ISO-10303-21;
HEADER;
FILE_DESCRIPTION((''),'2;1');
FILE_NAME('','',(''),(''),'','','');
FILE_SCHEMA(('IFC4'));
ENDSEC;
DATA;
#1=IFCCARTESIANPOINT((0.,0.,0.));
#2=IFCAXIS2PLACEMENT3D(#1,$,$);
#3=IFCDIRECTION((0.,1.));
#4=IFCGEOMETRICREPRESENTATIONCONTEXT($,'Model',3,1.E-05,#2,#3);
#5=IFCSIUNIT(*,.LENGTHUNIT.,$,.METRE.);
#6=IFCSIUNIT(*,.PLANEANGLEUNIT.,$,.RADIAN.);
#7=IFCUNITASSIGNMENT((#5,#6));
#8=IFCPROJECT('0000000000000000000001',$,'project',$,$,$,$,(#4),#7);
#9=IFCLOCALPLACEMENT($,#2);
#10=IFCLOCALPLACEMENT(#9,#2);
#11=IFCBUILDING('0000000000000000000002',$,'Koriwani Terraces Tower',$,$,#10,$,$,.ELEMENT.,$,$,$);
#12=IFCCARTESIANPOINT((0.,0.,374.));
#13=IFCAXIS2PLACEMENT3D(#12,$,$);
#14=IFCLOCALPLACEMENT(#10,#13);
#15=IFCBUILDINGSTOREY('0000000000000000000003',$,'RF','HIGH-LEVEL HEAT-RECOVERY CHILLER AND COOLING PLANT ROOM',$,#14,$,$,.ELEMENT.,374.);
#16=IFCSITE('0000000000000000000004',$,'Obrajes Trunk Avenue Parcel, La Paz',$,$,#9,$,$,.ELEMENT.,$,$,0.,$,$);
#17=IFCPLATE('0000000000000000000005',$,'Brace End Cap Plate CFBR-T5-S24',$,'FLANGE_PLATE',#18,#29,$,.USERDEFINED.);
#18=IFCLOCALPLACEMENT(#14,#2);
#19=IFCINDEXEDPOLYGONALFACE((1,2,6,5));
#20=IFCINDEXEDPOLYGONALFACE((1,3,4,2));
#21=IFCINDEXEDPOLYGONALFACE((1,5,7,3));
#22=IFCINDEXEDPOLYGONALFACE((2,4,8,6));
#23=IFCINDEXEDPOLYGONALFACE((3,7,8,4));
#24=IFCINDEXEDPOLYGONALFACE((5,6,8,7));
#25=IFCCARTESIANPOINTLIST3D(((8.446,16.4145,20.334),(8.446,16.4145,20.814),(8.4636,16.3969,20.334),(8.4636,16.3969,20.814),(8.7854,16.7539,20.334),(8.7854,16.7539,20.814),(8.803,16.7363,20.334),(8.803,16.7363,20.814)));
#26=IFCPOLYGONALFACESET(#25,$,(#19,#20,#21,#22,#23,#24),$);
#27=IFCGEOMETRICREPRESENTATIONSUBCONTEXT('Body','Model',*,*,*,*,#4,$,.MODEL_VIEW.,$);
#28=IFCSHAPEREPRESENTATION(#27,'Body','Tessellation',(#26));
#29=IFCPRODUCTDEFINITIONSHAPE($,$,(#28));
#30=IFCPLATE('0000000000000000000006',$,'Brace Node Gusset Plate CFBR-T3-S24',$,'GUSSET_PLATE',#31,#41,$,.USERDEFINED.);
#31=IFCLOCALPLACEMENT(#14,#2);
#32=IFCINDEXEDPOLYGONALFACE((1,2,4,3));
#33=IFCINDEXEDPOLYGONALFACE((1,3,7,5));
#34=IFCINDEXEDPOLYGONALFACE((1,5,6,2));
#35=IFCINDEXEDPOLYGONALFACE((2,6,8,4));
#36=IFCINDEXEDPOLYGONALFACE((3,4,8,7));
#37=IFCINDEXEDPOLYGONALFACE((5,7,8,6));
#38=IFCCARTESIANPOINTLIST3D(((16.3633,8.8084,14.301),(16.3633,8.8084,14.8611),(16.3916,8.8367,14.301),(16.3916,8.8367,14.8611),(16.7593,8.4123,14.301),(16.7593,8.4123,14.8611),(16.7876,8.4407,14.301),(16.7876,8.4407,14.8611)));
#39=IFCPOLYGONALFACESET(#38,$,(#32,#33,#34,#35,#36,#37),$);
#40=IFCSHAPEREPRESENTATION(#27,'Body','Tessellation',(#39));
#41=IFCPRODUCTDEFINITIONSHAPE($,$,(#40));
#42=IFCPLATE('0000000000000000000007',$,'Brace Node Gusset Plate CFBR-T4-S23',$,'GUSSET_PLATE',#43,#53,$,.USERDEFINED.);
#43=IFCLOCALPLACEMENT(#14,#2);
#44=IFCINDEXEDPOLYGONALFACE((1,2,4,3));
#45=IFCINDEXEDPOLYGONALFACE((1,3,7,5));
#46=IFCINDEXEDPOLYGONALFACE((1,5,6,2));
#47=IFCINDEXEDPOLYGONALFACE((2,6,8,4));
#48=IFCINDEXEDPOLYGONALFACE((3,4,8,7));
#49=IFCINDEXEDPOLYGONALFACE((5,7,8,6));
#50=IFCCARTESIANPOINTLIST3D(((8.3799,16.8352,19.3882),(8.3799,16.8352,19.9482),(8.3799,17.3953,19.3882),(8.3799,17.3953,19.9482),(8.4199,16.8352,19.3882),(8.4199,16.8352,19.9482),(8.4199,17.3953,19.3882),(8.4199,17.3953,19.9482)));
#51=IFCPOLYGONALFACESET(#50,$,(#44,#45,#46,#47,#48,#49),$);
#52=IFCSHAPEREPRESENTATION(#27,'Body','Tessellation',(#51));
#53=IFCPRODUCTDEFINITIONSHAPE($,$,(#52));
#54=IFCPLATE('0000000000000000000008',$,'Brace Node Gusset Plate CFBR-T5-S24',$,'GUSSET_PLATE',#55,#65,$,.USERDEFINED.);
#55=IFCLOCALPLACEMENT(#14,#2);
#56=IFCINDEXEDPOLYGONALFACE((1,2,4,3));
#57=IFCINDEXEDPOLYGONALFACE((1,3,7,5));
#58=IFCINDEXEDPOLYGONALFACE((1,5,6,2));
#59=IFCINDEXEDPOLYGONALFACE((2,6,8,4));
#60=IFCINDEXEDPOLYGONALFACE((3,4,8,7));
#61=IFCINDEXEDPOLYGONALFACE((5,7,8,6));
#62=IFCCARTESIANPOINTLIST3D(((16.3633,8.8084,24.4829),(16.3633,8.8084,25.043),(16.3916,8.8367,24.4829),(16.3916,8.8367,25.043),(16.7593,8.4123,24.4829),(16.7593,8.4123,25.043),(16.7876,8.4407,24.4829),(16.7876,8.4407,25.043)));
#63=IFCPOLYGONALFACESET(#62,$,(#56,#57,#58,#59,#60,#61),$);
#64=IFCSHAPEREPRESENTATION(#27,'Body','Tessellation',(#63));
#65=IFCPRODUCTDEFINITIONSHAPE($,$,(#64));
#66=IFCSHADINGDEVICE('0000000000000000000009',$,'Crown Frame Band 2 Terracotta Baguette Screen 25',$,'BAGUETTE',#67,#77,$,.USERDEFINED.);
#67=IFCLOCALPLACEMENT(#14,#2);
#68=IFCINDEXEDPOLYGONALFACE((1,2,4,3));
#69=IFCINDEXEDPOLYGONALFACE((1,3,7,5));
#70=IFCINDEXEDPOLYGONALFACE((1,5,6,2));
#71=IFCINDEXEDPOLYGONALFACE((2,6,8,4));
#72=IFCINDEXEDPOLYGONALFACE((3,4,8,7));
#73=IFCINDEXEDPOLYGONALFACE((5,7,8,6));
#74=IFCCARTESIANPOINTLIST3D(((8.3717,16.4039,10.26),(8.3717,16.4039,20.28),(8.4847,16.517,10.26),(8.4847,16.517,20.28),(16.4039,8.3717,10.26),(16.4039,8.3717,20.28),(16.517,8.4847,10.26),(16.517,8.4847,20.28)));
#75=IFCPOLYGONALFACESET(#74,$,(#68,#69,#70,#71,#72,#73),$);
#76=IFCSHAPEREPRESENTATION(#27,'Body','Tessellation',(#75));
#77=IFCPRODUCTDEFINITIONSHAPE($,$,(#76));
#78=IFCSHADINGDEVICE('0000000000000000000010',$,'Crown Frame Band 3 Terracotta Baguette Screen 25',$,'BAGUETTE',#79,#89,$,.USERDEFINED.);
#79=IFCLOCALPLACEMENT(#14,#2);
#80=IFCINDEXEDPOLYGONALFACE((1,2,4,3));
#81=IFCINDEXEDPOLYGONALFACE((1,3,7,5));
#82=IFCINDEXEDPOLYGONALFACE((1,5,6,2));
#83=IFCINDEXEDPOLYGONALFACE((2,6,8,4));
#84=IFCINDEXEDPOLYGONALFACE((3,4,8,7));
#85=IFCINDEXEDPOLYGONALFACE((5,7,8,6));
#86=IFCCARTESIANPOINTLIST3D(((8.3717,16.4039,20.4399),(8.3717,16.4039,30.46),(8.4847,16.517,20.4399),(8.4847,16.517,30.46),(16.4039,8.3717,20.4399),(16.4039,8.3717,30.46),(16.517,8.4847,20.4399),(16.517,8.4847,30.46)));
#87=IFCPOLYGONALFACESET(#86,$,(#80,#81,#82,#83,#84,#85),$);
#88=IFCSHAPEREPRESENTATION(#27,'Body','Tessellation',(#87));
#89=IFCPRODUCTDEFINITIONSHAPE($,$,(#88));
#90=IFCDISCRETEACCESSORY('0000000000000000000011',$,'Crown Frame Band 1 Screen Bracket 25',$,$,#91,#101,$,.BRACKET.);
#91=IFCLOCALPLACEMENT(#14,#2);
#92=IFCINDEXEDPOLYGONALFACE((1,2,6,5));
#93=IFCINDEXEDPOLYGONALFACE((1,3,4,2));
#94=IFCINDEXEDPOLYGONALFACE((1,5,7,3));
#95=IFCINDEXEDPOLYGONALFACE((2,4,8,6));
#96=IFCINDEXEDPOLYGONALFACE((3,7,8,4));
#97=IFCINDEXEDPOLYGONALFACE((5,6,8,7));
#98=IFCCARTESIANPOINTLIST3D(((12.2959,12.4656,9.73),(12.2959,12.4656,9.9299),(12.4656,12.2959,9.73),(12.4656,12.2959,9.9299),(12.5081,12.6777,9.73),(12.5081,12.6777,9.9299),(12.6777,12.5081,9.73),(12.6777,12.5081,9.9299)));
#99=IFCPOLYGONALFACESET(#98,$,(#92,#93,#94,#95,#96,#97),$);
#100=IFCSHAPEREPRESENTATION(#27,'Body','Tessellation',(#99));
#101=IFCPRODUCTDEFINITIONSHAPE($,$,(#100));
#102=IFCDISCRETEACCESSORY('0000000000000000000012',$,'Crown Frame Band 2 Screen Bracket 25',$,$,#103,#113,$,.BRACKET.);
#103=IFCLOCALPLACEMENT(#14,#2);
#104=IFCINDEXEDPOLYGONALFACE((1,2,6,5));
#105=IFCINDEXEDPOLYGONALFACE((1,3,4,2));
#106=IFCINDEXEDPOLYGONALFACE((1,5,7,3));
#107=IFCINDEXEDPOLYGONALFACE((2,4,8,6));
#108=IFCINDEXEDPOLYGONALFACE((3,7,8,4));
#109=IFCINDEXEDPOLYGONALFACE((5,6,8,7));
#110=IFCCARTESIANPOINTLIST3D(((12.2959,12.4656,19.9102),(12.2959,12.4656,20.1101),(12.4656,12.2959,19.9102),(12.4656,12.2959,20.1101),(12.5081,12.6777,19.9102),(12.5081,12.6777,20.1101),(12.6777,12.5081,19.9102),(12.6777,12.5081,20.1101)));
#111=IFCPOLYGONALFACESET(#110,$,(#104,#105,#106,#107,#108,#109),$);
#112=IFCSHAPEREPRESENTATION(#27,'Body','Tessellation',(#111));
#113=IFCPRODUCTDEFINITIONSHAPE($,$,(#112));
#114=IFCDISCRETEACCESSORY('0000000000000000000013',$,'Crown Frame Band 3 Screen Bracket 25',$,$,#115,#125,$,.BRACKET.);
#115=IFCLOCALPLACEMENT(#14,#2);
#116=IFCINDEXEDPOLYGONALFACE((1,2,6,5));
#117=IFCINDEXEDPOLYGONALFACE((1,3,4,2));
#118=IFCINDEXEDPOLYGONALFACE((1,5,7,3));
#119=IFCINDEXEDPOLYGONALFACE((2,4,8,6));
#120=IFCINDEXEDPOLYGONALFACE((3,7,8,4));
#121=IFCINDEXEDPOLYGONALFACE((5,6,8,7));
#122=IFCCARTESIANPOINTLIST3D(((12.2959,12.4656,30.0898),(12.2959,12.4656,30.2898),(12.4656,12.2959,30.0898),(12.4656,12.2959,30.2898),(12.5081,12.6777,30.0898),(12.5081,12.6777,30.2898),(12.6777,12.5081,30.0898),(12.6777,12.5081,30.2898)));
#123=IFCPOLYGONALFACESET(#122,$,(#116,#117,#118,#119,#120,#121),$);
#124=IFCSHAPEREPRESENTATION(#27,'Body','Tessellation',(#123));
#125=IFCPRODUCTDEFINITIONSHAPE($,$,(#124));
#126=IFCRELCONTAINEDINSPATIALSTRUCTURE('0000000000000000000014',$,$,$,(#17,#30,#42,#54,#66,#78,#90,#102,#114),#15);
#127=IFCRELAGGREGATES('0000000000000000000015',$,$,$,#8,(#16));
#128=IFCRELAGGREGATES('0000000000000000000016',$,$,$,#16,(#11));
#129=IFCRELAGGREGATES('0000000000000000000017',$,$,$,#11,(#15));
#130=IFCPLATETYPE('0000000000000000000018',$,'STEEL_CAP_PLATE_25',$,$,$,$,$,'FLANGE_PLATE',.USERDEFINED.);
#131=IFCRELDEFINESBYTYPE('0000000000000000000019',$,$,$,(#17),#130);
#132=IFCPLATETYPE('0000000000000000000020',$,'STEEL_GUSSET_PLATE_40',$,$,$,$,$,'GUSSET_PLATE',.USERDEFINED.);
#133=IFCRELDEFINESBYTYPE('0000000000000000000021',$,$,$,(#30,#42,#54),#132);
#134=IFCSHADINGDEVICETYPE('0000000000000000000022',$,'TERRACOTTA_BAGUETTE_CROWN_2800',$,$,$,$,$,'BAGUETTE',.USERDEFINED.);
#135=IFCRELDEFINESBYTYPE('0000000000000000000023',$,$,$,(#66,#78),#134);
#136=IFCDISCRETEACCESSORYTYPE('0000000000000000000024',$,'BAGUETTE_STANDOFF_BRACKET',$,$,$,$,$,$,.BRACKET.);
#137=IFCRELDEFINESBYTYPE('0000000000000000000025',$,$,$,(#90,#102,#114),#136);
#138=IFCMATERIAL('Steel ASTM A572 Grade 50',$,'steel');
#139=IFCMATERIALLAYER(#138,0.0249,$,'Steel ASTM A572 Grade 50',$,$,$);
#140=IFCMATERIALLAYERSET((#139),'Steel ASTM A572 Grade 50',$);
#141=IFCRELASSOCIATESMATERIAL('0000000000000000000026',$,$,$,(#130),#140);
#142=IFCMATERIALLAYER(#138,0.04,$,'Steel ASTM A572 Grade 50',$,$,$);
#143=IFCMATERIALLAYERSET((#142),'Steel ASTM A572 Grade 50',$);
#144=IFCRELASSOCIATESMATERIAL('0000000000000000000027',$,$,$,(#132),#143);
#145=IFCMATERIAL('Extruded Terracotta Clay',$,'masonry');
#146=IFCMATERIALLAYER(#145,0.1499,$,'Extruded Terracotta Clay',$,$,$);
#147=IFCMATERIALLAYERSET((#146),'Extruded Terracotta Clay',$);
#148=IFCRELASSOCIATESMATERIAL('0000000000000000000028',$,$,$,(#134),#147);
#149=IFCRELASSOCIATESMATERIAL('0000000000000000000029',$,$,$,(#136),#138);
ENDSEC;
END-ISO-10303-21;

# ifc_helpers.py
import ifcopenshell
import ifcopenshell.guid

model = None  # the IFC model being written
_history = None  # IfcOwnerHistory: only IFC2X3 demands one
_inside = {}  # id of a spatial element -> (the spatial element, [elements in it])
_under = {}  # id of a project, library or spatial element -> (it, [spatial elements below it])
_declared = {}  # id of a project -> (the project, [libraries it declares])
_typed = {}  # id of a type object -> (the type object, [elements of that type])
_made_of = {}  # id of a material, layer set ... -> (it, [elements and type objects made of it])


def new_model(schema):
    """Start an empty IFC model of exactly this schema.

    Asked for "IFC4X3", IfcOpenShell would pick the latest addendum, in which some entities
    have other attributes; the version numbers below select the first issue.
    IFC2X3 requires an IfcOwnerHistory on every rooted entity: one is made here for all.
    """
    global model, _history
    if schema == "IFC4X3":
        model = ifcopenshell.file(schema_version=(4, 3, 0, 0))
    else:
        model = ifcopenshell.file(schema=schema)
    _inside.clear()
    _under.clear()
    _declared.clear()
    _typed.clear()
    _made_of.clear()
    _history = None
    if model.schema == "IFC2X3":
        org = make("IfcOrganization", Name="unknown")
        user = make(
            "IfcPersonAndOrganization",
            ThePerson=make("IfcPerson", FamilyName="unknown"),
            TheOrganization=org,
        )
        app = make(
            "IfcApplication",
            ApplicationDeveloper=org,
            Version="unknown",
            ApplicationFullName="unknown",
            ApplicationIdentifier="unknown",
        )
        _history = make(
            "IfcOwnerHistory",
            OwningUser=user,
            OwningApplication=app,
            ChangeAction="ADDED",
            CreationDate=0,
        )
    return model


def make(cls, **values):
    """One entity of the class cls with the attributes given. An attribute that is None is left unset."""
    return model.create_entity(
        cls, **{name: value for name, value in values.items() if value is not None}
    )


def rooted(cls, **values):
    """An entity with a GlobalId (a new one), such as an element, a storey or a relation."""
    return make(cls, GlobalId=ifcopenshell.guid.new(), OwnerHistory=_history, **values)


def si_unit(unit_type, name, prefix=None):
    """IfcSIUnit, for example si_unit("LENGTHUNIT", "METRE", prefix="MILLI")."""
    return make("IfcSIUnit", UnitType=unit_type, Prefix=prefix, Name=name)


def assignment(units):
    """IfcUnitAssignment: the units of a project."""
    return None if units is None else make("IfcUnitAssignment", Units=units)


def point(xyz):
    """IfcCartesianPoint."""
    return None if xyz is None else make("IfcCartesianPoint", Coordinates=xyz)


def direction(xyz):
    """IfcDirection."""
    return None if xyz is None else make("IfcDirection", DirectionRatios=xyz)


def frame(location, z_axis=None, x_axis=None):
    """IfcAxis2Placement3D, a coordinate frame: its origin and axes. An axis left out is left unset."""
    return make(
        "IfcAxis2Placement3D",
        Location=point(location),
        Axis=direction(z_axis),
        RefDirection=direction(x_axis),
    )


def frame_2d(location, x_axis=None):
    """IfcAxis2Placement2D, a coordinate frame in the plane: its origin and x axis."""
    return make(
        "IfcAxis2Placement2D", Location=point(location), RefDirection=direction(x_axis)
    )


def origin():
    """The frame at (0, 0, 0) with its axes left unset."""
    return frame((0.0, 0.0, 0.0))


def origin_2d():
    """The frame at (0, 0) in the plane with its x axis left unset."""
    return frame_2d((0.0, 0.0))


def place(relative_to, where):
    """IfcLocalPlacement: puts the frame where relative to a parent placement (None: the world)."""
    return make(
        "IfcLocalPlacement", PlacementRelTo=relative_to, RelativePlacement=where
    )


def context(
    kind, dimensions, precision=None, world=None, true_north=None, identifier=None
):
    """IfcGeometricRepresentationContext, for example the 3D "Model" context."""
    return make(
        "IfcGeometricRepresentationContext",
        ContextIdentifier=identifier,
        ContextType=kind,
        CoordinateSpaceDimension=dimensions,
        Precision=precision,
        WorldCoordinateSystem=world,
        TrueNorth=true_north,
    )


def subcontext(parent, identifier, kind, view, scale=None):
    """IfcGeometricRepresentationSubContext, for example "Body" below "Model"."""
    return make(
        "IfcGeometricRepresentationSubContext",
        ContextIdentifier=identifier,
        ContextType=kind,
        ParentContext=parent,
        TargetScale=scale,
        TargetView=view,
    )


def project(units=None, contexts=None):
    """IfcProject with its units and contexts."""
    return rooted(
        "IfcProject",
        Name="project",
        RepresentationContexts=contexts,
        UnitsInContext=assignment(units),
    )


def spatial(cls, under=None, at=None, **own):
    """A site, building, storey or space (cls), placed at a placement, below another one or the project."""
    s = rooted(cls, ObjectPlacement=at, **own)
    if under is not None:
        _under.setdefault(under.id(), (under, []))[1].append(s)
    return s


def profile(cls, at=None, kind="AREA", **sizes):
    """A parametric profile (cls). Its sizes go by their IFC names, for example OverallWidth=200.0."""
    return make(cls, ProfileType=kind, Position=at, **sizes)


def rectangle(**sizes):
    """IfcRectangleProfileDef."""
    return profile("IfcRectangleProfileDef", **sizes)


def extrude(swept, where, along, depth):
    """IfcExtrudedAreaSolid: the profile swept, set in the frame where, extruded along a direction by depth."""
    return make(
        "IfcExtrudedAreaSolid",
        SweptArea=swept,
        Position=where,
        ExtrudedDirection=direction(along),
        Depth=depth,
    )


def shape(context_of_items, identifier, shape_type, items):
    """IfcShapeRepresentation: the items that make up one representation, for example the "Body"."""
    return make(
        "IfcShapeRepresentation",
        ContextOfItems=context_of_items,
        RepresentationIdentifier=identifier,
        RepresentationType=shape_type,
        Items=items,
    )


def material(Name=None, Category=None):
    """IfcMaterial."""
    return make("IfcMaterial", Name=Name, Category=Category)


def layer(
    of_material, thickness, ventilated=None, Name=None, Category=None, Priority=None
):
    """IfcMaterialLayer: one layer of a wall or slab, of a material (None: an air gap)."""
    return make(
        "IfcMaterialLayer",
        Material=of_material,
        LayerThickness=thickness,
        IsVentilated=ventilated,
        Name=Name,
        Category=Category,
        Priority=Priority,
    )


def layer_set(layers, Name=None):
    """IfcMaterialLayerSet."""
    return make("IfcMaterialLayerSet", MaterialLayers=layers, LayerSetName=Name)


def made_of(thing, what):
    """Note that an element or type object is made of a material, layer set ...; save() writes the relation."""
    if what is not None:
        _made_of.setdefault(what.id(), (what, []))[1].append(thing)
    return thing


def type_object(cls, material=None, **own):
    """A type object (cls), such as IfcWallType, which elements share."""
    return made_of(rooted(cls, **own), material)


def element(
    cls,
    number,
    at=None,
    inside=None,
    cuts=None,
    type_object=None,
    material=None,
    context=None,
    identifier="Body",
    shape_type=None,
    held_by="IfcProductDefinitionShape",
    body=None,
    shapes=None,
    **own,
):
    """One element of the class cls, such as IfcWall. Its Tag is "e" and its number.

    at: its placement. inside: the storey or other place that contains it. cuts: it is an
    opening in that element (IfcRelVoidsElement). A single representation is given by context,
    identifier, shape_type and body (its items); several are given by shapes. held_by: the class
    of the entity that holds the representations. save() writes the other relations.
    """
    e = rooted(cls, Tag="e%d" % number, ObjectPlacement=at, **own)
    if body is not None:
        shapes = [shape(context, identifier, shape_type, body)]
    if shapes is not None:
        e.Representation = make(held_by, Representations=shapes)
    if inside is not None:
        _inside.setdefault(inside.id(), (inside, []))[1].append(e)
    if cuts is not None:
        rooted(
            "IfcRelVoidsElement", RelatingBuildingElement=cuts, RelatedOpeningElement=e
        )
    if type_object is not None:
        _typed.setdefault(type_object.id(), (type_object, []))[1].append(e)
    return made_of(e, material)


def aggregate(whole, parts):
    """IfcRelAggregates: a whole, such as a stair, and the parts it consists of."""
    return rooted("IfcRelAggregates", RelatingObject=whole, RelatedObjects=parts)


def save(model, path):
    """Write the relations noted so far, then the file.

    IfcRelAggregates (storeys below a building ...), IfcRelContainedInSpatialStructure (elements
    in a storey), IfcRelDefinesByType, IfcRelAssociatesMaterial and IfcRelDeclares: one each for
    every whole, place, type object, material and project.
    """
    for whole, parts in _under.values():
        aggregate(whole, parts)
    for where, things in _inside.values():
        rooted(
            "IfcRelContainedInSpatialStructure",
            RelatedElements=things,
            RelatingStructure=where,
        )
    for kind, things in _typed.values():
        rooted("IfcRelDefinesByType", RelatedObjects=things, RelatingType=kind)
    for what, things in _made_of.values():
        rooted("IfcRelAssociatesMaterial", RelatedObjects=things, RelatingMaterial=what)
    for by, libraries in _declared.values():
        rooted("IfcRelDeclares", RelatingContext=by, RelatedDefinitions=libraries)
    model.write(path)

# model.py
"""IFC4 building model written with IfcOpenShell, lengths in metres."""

from ifc_helpers import new_model, si_unit, direction, frame, origin, origin_2d, place, context, subcontext, project, spatial, rectangle, extrude, material, layer, layer_set, type_object, element, save


model = new_model("IFC4")

# Units and contexts
model_context = context("Model", 3, precision=1e-05, world=origin(), true_north=direction((0.0, 1.0)))
body_context = subcontext(model_context, "Body", "Model", "MODEL_VIEW")
ifc_project = project(units=[si_unit("LENGTHUNIT", "METRE"), si_unit("PLANEANGLEUNIT", "RADIAN")], contexts=[model_context])

# Site, building, storey
site_placement = place(None, origin())
site = spatial("IfcSite", under=ifc_project, at=site_placement, Name="Obrajes Trunk Avenue Parcel, La Paz", CompositionType="ELEMENT", RefElevation=0.0)
building_placement = place(site_placement, origin())
building = spatial("IfcBuilding", under=site, at=building_placement, Name="Koriwani Terraces Tower", CompositionType="ELEMENT")
storey_placement = place(building_placement, frame((0.0, 0.0, 374.0)))
storey = spatial("IfcBuildingStorey", under=building, at=storey_placement, Name="RF", Description="HIGH-LEVEL HEAT-RECOVERY CHILLER AND COOLING PLANT ROOM", CompositionType="ELEMENT", Elevation=374.0)

# Shared definitions
ifc_material_1 = material(Name="Steel ASTM A572 Grade 50", Category="steel")

# Plates
ifc_layer_1 = layer(ifc_material_1, 0.0249, Name="Steel ASTM A572 Grade 50")
ifc_layer_set_1 = layer_set([ifc_layer_1], Name="Steel ASTM A572 Grade 50")
plate_type_1 = type_object("IfcPlateType", Name="STEEL_CAP_PLATE_25", ElementType="FLANGE_PLATE", PredefinedType="USERDEFINED", material=ifc_layer_set_1)
for number, where, z_axis, x_axis, name in (
    (1, (8.6245, 16.5754, 20.334), (0.0, 0.0, 1.0), (0.707107, -0.707107, 0.0), "Brace End Cap Plate CFBR-T5-S24"),
):
    element("IfcPlate", number, at=place(storey_placement, frame(where, z_axis=z_axis, x_axis=x_axis)), inside=storey, type_object=plate_type_1, Name=name, ObjectType="FLANGE_PLATE", PredefinedType="USERDEFINED", context=body_context, shape_type="SweptSolid", body=[
        extrude(rectangle(XDim=0.0249, YDim=0.48, at=origin_2d()), origin(), (0.0, 0.0, 1.0), 0.48),
    ])
ifc_layer_2 = layer(ifc_material_1, 0.04, Name="Steel ASTM A572 Grade 50")
ifc_layer_set_2 = layer_set([ifc_layer_2], Name="Steel ASTM A572 Grade 50")
plate_type_2 = type_object("IfcPlateType", Name="STEEL_GUSSET_PLATE_40", ElementType="GUSSET_PLATE", PredefinedType="USERDEFINED", material=ifc_layer_set_2)
for number, where, z_axis, x_axis, name in (
    (2, (16.5754, 8.6245, 14.301), (0.0, 0.0, 1.0), (0.707107, -0.707107, 0.0), "Brace Node Gusset Plate CFBR-T3-S24"),
    (3, (8.3999, 17.1152, 19.3882), (0.0, 0.0, 1.0), (0.0, -1.0, 0.0), "Brace Node Gusset Plate CFBR-T4-S23"),
    (4, (16.5754, 8.6245, 24.4829), (0.0, 0.0, 1.0), (0.707107, -0.707107, 0.0), "Brace Node Gusset Plate CFBR-T5-S24"),
):
    element("IfcPlate", number, at=place(storey_placement, frame(where, z_axis=z_axis, x_axis=x_axis)), inside=storey, type_object=plate_type_2, Name=name, ObjectType="GUSSET_PLATE", PredefinedType="USERDEFINED", context=body_context, shape_type="SweptSolid", body=[
        extrude(rectangle(XDim=0.5601, YDim=0.04, at=origin_2d()), origin(), (0.0, 0.0, 1.0), 0.5601),
    ])

# Shading devices
ifc_material_2 = material(Name="Extruded Terracotta Clay", Category="masonry")
ifc_layer_3 = layer(ifc_material_2, 0.1499, Name="Extruded Terracotta Clay")
ifc_layer_set_3 = layer_set([ifc_layer_3], Name="Extruded Terracotta Clay")
shading_device_type = type_object("IfcShadingDeviceType", Name="TERRACOTTA_BAGUETTE_CROWN_2800", ElementType="BAGUETTE", PredefinedType="USERDEFINED", material=ifc_layer_set_3)
for number, where, z_axis, x_axis, name in (
    (5, (12.4443, 12.4443, 10.26), (0.0, 0.0, 1.0), (0.707107, -0.707107, 0.0), "Crown Frame Band 2 Terracotta Baguette Screen 25"),
    (6, (12.4443, 12.4443, 20.4399), (0.0, 0.0, 1.0), (0.707107, -0.707107, 0.0), "Crown Frame Band 3 Terracotta Baguette Screen 25"),
):
    element("IfcShadingDevice", number, at=place(storey_placement, frame(where, z_axis=z_axis, x_axis=x_axis)), inside=storey, type_object=shading_device_type, Name=name, ObjectType="BAGUETTE", PredefinedType="USERDEFINED", context=body_context, shape_type="SweptSolid", body=[
        extrude(rectangle(XDim=11.3594, YDim=0.1599, at=origin_2d()), origin(), (0.0, 0.0, 1.0), 10.02),
    ])

# Discrete accessories
discrete_accessory_type = type_object("IfcDiscreteAccessoryType", Name="BAGUETTE_STANDOFF_BRACKET", PredefinedType="BRACKET", material=ifc_material_1)
for number, where, z_axis, x_axis, name in (
    (7, (12.4868, 12.4868, 9.73), (0.0, 0.0, 1.0), (0.707107, -0.707107, 0.0), "Crown Frame Band 1 Screen Bracket 25"),
    (8, (12.4868, 12.4868, 19.9102), (0.0, 0.0, 1.0), (0.707107, -0.707107, 0.0), "Crown Frame Band 2 Screen Bracket 25"),
    (9, (12.4868, 12.4868, 30.0898), (0.0, 0.0, 1.0), (0.707107, -0.707107, 0.0), "Crown Frame Band 3 Screen Bracket 25"),
):
    element("IfcDiscreteAccessory", number, at=place(storey_placement, frame(where, z_axis=z_axis, x_axis=x_axis)), inside=storey, type_object=discrete_accessory_type, Name=name, PredefinedType="BRACKET", context=body_context, shape_type="SweptSolid", body=[
        extrude(rectangle(XDim=0.24, YDim=0.3, at=origin_2d()), origin(), (0.0, 0.0, 1.0), 0.2),
    ])

save(model, "model.ifc")
